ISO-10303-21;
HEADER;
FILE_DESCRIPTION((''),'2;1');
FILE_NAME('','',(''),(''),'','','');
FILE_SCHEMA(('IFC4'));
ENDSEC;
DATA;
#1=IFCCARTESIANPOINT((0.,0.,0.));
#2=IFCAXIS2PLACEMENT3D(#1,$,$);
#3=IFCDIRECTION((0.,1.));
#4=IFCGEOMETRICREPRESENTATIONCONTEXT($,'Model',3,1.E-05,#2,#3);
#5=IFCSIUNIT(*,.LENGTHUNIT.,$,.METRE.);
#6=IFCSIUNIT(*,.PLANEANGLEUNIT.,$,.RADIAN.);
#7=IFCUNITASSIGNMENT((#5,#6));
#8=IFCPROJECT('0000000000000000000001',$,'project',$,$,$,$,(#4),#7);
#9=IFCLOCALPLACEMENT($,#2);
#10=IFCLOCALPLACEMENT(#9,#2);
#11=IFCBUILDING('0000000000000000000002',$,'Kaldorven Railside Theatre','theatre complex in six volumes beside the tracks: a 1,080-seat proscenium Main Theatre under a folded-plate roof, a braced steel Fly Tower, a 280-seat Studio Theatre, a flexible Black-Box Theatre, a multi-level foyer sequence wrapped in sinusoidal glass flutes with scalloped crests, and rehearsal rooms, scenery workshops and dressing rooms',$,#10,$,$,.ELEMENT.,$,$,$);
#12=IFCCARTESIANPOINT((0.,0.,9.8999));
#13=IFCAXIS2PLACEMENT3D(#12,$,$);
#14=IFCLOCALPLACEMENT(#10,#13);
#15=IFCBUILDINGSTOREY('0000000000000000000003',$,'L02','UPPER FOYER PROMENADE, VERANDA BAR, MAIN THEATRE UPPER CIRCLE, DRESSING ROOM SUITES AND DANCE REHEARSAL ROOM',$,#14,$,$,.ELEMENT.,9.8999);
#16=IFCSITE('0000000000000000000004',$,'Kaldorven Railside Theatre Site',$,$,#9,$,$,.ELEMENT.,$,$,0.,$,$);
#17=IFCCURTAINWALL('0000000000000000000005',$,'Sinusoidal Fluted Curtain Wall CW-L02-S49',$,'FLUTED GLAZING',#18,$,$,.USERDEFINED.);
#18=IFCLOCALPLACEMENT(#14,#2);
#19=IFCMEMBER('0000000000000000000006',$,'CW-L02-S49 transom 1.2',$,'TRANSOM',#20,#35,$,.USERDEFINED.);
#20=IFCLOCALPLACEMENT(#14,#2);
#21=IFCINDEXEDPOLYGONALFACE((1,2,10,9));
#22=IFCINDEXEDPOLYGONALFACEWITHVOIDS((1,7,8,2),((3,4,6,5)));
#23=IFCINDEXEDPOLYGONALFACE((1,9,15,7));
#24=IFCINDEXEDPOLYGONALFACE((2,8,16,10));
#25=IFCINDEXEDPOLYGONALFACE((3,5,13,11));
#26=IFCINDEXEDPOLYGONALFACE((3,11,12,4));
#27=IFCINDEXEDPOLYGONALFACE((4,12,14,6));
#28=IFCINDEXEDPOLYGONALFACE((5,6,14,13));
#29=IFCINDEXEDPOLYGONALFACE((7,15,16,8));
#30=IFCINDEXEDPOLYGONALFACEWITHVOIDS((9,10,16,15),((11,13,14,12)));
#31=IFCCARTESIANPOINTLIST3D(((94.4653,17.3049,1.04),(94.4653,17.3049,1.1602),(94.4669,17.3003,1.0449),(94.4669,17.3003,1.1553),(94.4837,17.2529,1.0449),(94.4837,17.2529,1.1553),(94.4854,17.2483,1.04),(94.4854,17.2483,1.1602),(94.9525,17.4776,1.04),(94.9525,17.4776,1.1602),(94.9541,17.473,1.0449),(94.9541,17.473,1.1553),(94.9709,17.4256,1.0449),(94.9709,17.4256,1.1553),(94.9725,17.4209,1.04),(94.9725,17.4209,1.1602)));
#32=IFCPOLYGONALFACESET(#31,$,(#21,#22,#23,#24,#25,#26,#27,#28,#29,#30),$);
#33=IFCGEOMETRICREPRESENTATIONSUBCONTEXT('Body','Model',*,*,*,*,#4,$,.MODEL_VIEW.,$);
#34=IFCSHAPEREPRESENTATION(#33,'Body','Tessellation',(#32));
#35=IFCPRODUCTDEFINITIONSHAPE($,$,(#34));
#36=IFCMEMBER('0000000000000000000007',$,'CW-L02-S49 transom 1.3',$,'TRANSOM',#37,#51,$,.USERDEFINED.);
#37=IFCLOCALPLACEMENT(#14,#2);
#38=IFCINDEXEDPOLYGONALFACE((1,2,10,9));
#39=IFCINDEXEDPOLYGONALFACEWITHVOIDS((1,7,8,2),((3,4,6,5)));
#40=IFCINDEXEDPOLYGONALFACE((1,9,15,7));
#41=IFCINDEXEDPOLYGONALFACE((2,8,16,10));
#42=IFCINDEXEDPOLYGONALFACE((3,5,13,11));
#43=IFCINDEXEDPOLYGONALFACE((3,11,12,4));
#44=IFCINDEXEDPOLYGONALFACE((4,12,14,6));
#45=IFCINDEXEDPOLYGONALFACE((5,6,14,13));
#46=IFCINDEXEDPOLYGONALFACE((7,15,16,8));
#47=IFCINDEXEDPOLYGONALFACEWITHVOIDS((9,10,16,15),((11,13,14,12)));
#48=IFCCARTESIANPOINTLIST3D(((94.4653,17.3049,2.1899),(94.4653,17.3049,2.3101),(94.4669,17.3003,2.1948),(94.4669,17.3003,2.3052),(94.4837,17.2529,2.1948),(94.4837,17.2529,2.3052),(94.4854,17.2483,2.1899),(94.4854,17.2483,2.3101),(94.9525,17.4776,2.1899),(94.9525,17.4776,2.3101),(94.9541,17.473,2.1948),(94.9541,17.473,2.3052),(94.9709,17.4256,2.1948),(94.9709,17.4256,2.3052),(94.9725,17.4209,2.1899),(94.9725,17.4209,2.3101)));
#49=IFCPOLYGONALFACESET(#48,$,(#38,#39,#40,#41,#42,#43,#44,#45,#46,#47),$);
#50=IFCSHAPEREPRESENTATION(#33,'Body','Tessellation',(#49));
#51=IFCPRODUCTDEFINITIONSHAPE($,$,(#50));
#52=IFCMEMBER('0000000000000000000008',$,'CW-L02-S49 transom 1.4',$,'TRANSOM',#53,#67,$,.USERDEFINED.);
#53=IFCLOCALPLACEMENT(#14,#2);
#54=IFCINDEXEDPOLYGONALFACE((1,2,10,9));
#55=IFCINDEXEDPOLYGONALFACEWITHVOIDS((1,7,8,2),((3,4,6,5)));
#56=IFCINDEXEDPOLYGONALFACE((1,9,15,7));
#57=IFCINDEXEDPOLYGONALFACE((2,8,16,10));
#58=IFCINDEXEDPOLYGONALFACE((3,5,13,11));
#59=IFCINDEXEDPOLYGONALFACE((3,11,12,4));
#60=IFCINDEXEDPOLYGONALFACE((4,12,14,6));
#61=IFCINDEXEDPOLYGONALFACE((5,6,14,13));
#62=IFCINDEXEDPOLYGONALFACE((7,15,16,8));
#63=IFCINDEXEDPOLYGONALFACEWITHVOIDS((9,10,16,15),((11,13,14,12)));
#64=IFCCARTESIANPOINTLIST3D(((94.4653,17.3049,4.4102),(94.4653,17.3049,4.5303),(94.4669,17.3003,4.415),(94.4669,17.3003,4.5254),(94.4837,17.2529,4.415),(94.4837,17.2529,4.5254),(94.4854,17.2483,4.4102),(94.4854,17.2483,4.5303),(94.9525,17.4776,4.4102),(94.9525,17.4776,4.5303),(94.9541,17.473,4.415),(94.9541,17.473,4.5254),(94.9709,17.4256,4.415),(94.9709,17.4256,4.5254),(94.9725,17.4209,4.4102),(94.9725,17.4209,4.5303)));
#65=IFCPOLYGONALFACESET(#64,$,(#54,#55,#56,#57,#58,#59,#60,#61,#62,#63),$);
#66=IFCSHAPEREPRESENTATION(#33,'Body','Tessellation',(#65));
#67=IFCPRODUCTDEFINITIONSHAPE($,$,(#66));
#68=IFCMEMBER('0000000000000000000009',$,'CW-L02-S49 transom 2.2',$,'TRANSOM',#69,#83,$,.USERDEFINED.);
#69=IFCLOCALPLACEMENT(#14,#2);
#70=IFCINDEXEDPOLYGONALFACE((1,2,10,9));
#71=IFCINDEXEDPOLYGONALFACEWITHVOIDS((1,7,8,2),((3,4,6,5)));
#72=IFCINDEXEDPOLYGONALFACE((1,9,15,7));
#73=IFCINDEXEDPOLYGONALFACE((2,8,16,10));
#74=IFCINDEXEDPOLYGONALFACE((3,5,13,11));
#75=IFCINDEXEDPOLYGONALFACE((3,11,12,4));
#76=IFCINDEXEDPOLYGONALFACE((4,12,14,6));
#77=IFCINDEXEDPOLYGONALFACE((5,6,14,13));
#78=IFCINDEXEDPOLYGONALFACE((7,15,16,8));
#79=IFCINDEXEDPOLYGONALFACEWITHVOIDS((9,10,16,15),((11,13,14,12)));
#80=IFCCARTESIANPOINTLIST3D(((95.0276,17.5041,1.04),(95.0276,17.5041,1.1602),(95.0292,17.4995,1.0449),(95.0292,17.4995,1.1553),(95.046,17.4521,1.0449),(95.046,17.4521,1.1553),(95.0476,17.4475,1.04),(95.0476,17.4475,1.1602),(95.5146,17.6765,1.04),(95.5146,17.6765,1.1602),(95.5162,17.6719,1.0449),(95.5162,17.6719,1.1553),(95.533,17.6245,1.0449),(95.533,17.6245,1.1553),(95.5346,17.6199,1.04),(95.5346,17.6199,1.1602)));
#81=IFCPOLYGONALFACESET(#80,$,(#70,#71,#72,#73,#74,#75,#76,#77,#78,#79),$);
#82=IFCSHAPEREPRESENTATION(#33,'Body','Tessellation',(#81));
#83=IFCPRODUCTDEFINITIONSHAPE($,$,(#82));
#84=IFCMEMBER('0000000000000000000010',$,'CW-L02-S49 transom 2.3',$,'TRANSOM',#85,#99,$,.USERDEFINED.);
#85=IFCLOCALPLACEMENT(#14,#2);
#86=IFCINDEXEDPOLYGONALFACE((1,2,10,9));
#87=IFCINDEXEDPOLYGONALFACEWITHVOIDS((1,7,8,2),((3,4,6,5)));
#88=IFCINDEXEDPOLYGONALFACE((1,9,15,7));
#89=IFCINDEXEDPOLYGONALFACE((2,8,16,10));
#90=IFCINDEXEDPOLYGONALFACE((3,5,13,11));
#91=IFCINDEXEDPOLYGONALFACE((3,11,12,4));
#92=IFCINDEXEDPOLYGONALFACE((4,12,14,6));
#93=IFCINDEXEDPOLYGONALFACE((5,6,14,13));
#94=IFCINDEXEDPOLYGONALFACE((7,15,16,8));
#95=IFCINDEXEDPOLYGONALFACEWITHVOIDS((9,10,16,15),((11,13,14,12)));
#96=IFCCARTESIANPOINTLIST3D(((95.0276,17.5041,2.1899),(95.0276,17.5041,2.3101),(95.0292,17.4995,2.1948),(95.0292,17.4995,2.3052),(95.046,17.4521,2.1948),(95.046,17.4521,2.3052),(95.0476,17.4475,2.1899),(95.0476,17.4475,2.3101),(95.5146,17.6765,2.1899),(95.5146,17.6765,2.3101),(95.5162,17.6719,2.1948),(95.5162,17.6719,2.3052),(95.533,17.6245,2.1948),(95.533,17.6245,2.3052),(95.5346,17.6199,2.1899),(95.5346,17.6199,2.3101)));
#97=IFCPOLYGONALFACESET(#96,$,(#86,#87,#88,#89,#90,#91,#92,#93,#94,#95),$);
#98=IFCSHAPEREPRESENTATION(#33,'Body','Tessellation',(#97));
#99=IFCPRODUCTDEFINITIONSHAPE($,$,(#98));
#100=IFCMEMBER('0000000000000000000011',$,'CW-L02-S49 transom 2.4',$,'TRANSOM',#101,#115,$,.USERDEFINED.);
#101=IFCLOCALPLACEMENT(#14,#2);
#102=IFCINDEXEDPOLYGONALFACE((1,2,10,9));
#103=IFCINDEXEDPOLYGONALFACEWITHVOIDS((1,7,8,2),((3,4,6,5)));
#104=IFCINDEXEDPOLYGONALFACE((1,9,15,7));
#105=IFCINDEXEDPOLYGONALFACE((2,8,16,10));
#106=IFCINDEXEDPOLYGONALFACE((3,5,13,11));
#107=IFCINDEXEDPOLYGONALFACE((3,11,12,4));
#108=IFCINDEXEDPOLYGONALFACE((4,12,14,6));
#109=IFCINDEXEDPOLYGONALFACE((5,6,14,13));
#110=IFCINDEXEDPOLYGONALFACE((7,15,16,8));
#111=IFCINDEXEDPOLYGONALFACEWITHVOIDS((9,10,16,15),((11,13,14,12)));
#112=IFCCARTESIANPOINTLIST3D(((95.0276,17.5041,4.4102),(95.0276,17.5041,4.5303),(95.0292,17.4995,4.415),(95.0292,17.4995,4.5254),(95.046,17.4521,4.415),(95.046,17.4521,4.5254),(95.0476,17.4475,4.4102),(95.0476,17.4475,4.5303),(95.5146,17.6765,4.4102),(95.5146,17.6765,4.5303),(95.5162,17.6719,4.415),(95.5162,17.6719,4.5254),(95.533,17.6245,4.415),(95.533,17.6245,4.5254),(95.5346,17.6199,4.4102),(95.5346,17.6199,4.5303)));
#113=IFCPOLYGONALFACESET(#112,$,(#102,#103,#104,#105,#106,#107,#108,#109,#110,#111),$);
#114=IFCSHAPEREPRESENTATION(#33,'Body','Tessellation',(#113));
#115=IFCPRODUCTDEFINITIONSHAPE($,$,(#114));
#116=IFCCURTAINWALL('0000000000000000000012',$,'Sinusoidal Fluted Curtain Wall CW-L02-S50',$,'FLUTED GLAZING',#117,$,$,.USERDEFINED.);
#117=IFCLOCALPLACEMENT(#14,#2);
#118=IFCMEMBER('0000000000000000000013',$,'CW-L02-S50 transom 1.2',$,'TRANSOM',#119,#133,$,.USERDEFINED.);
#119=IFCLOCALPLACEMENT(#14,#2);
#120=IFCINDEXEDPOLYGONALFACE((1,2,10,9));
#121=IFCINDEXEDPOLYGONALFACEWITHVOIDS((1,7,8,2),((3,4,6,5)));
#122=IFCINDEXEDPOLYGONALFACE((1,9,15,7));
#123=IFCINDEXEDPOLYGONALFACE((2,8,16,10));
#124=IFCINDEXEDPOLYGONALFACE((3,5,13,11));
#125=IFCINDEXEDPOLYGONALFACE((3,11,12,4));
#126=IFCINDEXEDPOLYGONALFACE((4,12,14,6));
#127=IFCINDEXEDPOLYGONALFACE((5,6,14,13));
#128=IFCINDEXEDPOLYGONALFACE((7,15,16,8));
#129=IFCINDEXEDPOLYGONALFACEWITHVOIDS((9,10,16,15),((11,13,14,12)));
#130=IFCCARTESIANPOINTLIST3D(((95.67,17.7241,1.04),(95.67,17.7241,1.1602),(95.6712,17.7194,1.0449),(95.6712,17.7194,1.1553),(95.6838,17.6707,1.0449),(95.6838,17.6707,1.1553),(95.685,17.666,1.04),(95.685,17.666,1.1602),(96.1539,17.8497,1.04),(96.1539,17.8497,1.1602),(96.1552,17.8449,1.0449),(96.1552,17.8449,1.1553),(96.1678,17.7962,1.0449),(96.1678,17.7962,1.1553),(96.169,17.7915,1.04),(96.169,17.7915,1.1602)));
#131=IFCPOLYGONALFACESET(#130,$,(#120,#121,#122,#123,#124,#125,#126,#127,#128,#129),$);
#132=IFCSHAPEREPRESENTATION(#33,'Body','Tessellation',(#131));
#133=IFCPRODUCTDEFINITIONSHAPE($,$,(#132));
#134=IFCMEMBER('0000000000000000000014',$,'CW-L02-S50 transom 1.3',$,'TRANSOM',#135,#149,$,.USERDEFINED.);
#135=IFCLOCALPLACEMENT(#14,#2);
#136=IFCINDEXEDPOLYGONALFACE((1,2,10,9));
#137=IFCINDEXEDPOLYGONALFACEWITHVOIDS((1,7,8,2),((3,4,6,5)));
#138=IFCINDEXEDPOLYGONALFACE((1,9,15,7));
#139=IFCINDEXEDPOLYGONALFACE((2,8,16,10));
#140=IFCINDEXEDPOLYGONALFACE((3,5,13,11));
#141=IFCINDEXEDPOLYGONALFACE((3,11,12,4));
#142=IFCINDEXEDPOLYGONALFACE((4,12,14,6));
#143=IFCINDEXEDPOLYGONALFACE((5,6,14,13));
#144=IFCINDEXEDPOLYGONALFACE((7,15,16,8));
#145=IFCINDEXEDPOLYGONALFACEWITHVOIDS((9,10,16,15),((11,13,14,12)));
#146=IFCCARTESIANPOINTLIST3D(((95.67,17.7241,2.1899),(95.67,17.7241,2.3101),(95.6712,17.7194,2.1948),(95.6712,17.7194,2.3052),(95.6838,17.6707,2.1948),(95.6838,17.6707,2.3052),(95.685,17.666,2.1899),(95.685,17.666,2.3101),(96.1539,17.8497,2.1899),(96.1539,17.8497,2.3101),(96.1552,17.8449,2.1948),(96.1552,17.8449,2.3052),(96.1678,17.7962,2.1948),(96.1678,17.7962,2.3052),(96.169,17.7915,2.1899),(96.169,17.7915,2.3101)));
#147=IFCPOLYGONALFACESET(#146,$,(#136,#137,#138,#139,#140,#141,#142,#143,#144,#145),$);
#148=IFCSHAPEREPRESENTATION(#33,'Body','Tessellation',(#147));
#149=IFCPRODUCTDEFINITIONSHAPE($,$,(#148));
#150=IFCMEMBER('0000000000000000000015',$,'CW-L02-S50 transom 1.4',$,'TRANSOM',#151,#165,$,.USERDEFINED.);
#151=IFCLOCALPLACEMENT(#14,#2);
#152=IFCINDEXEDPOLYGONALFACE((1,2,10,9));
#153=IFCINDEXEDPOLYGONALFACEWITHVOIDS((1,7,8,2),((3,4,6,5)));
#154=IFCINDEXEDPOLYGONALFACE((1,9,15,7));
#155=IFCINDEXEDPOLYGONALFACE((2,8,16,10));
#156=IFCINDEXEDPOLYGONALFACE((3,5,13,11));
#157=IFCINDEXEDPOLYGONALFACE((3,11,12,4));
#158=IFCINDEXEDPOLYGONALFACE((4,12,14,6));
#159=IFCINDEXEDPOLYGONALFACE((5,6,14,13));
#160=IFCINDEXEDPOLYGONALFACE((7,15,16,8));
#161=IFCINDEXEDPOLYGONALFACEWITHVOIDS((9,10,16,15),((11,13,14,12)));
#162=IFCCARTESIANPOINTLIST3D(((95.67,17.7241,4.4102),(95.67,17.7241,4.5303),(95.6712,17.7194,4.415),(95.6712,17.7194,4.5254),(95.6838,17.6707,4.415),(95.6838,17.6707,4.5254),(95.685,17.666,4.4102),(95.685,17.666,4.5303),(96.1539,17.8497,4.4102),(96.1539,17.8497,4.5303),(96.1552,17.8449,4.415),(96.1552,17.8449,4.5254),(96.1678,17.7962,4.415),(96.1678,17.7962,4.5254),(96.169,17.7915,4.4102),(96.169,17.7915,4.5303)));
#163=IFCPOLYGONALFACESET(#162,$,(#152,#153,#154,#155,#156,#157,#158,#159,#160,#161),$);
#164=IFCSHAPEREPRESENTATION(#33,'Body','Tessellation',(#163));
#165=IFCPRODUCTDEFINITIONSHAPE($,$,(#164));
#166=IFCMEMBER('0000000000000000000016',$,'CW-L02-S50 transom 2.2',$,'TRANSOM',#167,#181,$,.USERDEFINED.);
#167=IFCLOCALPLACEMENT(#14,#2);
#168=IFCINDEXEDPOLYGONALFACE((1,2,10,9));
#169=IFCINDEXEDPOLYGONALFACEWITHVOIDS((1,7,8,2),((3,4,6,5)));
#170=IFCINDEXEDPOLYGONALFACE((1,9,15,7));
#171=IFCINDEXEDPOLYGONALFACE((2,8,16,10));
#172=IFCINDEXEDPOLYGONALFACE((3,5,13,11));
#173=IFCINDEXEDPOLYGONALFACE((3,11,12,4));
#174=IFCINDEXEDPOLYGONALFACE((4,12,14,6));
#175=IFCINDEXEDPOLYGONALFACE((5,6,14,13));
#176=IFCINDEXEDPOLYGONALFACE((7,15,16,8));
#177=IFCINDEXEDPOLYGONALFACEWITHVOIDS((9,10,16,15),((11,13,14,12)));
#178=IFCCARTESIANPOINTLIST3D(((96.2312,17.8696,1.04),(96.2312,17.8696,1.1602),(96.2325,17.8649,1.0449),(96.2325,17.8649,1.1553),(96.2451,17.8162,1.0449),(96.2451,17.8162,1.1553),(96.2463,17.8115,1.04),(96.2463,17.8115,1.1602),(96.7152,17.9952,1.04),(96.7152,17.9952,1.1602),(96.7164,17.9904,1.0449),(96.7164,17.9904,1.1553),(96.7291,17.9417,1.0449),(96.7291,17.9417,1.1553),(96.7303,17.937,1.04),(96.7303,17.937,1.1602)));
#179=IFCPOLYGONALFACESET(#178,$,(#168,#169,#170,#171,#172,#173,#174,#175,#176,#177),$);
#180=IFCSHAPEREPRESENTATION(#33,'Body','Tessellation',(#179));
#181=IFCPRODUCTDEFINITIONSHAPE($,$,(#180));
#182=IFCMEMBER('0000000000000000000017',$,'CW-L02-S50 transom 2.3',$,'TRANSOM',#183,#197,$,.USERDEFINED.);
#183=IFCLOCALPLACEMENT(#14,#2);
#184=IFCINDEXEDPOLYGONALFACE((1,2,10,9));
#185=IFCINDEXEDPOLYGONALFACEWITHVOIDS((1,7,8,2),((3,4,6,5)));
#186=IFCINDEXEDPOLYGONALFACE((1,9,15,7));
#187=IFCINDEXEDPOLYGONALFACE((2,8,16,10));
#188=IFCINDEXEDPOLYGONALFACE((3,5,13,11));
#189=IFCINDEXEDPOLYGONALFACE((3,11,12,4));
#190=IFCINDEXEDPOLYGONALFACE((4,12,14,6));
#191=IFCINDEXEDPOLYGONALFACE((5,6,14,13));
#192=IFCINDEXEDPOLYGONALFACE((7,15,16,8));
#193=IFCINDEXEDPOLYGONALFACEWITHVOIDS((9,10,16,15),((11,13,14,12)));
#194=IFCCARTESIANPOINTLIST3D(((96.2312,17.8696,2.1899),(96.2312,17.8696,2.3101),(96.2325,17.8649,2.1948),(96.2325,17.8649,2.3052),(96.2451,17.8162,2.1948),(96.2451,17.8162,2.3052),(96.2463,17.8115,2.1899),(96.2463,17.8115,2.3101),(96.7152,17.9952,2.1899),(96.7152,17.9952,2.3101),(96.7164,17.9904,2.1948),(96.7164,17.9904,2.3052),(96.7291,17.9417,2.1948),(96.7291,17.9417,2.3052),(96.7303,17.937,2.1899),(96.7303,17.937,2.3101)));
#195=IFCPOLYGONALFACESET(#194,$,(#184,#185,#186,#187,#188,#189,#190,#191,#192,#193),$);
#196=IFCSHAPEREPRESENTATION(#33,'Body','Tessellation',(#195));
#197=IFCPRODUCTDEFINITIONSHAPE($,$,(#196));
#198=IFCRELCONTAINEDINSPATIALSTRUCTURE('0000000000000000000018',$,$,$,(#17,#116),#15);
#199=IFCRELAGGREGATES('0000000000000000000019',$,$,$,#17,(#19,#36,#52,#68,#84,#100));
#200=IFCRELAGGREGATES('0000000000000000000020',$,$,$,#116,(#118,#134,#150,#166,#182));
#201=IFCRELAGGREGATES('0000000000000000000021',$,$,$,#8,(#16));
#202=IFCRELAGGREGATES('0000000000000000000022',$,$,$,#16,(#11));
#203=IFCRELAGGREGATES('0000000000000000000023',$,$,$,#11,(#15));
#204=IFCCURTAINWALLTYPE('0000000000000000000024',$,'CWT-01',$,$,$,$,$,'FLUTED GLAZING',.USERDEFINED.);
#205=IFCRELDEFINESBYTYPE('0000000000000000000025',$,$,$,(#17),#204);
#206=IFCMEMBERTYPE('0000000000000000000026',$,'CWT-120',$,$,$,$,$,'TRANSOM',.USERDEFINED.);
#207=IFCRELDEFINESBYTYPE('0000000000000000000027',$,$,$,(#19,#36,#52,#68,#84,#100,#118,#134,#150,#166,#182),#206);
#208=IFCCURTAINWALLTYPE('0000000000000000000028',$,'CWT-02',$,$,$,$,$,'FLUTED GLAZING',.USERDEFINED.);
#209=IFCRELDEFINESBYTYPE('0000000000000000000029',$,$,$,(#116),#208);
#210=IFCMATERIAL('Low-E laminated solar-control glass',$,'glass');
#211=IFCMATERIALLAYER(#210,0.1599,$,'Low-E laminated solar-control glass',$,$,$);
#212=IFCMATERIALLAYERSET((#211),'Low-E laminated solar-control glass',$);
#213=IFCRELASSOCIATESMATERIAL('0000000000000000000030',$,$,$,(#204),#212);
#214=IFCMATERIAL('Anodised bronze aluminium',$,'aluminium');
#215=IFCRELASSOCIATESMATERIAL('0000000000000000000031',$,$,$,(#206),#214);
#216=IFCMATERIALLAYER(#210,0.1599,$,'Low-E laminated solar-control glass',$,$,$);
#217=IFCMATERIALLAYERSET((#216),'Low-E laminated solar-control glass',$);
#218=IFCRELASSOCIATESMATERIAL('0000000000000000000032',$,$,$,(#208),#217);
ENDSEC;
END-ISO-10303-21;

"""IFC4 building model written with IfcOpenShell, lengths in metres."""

from ifc_helpers import new_model, si_unit, direction, frame, origin, origin_2d, place, context, subcontext, project, spatial, hollow_rectangle, extrude, material, layer, layer_set, material_profile, profile_set, type_object, element, aggregate, save


model = new_model("IFC4")

# Units and contexts
model_context = context("Model", 3, precision=1e-05, world=origin(), true_north=direction((0.0, 1.0)))
body_context = subcontext(model_context, "Body", "Model", "MODEL_VIEW")
ifc_project = project(units=[si_unit("LENGTHUNIT", "METRE"), si_unit("PLANEANGLEUNIT", "RADIAN")], contexts=[model_context])

# Site, building, storey
site_placement = place(None, origin())
site = spatial("IfcSite", under=ifc_project, at=site_placement, Name="Kaldorven Railside Theatre Site", CompositionType="ELEMENT", RefElevation=0.0)
building_placement = place(site_placement, origin())
building = spatial("IfcBuilding", under=site, at=building_placement, Name="Kaldorven Railside Theatre", Description="theatre complex in six volumes beside the tracks: a 1,080-seat proscenium Main Theatre under a folded-plate roof, a braced steel Fly Tower, a 280-seat Studio Theatre, a flexible Black-Box Theatre, a multi-level foyer sequence wrapped in sinusoidal glass flutes with scalloped crests, and rehearsal rooms, scenery workshops and dressing rooms", CompositionType="ELEMENT")
storey_placement = place(building_placement, frame((0.0, 0.0, 9.8999)))
storey = spatial("IfcBuildingStorey", under=building, at=storey_placement, Name="L02", Description="UPPER FOYER PROMENADE, VERANDA BAR, MAIN THEATRE UPPER CIRCLE, DRESSING ROOM SUITES AND DANCE REHEARSAL ROOM", CompositionType="ELEMENT", Elevation=9.8999)

# Curtain walls, members
ifc_material_1 = material(Name="Low-E laminated solar-control glass", Category="glass")
ifc_layer_1 = layer(ifc_material_1, 0.1599, Name="Low-E laminated solar-control glass")
ifc_layer_set_1 = layer_set([ifc_layer_1], Name="Low-E laminated solar-control glass")
curtain_wall_type_1 = type_object("IfcCurtainWallType", Name="CWT-01", ElementType="FLUTED GLAZING", PredefinedType="USERDEFINED", material=ifc_layer_set_1)
curtain_wall_1_placement = place(storey_placement, origin())
curtain_wall_1 = element("IfcCurtainWall", 1, at=curtain_wall_1_placement, inside=storey, type_object=curtain_wall_type_1, Name="Sinusoidal Fluted Curtain Wall CW-L02-S49", ObjectType="FLUTED GLAZING", PredefinedType="USERDEFINED")
ifc_material_2 = material(Name="Anodised bronze aluminium", Category="aluminium")
ifc_material_profile = material_profile(ifc_material_2, hollow_rectangle(XDim=0.0601, YDim=0.1201, WallThickness=0.0049, at=origin_2d()), Name="RHS 120x60x5")
ifc_profile_set = profile_set([ifc_material_profile], Name="Anodised bronze aluminium")
member_type = type_object("IfcMemberType", Name="CWT-120", ElementType="TRANSOM", PredefinedType="USERDEFINED", material=ifc_profile_set)
member_1_placement = place(storey_placement, frame((94.4753, 17.2766, 1.1001), z_axis=(0.942562, 0.334031, 0.0), x_axis=(-0.334031, 0.942562, 0.0)))
member_1 = element("IfcMember", 2, at=member_1_placement, type_object=member_type, Name="CW-L02-S49 transom 1.2", ObjectType="TRANSOM", PredefinedType="USERDEFINED", context=body_context, shape_type="SweptSolid", body=[
    extrude(hollow_rectangle(XDim=0.0601, YDim=0.1201, WallThickness=0.0049, at=origin_2d()), origin(), (0.0, 0.0, 1.0), 0.5168),
])
member_2_placement = place(storey_placement, frame((94.4753, 17.2766, 2.25), z_axis=(0.942562, 0.334031, 0.0), x_axis=(-0.334031, 0.942562, 0.0)))
member_2 = element("IfcMember", 3, at=member_2_placement, type_object=member_type, Name="CW-L02-S49 transom 1.3", ObjectType="TRANSOM", PredefinedType="USERDEFINED", context=body_context, shape_type="SweptSolid", body=[
    extrude(hollow_rectangle(XDim=0.0601, YDim=0.1201, WallThickness=0.0049, at=origin_2d()), origin(), (0.0, 0.0, 1.0), 0.5168),
])
member_3_placement = place(storey_placement, frame((94.4753, 17.2766, 4.4702), z_axis=(0.942562, 0.334031, 0.0), x_axis=(-0.334031, 0.942562, 0.0)))
member_3 = element("IfcMember", 4, at=member_3_placement, type_object=member_type, Name="CW-L02-S49 transom 1.4", ObjectType="TRANSOM", PredefinedType="USERDEFINED", context=body_context, shape_type="SweptSolid", body=[
    extrude(hollow_rectangle(XDim=0.0601, YDim=0.1201, WallThickness=0.0049, at=origin_2d()), origin(), (0.0, 0.0, 1.0), 0.5168),
])
member_4_placement = place(storey_placement, frame((95.0376, 17.4758, 1.1001), z_axis=(0.942711, 0.333611, 0.0), x_axis=(-0.333611, 0.942711, 0.0)))
member_4 = element("IfcMember", 5, at=member_4_placement, type_object=member_type, Name="CW-L02-S49 transom 2.2", ObjectType="TRANSOM", PredefinedType="USERDEFINED", context=body_context, shape_type="SweptSolid", body=[
    extrude(hollow_rectangle(XDim=0.0601, YDim=0.1201, WallThickness=0.0049, at=origin_2d()), origin(), (0.0, 0.0, 1.0), 0.5166),
])
member_5_placement = place(storey_placement, frame((95.0376, 17.4758, 2.25), z_axis=(0.942711, 0.333611, 0.0), x_axis=(-0.333611, 0.942711, 0.0)))
member_5 = element("IfcMember", 6, at=member_5_placement, type_object=member_type, Name="CW-L02-S49 transom 2.3", ObjectType="TRANSOM", PredefinedType="USERDEFINED", context=body_context, shape_type="SweptSolid", body=[
    extrude(hollow_rectangle(XDim=0.0601, YDim=0.1201, WallThickness=0.0049, at=origin_2d()), origin(), (0.0, 0.0, 1.0), 0.5166),
])
member_6_placement = place(storey_placement, frame((95.0376, 17.4758, 4.4702), z_axis=(0.942711, 0.333611, 0.0), x_axis=(-0.333611, 0.942711, 0.0)))
member_6 = element("IfcMember", 7, at=member_6_placement, type_object=member_type, Name="CW-L02-S49 transom 2.4", ObjectType="TRANSOM", PredefinedType="USERDEFINED", context=body_context, shape_type="SweptSolid", body=[
    extrude(hollow_rectangle(XDim=0.0601, YDim=0.1201, WallThickness=0.0049, at=origin_2d()), origin(), (0.0, 0.0, 1.0), 0.5166),
])
ifc_layer_2 = layer(ifc_material_1, 0.1599, Name="Low-E laminated solar-control glass")
ifc_layer_set_2 = layer_set([ifc_layer_2], Name="Low-E laminated solar-control glass")
curtain_wall_type_2 = type_object("IfcCurtainWallType", Name="CWT-02", ElementType="FLUTED GLAZING", PredefinedType="USERDEFINED", material=ifc_layer_set_2)
curtain_wall_2_placement = place(storey_placement, origin())
curtain_wall_2 = element("IfcCurtainWall", 8, at=curtain_wall_2_placement, inside=storey, type_object=curtain_wall_type_2, Name="Sinusoidal Fluted Curtain Wall CW-L02-S50", ObjectType="FLUTED GLAZING", PredefinedType="USERDEFINED")
member_7_placement = place(storey_placement, frame((95.6775, 17.6951, 1.1001), z_axis=(0.967979, 0.25103, 0.0), x_axis=(-0.25103, 0.967979, 0.0)))
member_7 = element("IfcMember", 9, at=member_7_placement, type_object=member_type, Name="CW-L02-S50 transom 1.2", ObjectType="TRANSOM", PredefinedType="USERDEFINED", context=body_context, shape_type="SweptSolid", body=[
    extrude(hollow_rectangle(XDim=0.0601, YDim=0.1201, WallThickness=0.0049, at=origin_2d()), origin(), (0.0, 0.0, 1.0), 0.5),
])
member_8_placement = place(storey_placement, frame((95.6775, 17.6951, 2.25), z_axis=(0.967979, 0.25103, 0.0), x_axis=(-0.25103, 0.967979, 0.0)))
member_8 = element("IfcMember", 10, at=member_8_placement, type_object=member_type, Name="CW-L02-S50 transom 1.3", ObjectType="TRANSOM", PredefinedType="USERDEFINED", context=body_context, shape_type="SweptSolid", body=[
    extrude(hollow_rectangle(XDim=0.0601, YDim=0.1201, WallThickness=0.0049, at=origin_2d()), origin(), (0.0, 0.0, 1.0), 0.5),
])
member_9_placement = place(storey_placement, frame((95.6775, 17.6951, 4.4702), z_axis=(0.967979, 0.25103, 0.0), x_axis=(-0.25103, 0.967979, 0.0)))
member_9 = element("IfcMember", 11, at=member_9_placement, type_object=member_type, Name="CW-L02-S50 transom 1.4", ObjectType="TRANSOM", PredefinedType="USERDEFINED", context=body_context, shape_type="SweptSolid", body=[
    extrude(hollow_rectangle(XDim=0.0601, YDim=0.1201, WallThickness=0.0049, at=origin_2d()), origin(), (0.0, 0.0, 1.0), 0.5),
])
member_10_placement = place(storey_placement, frame((96.2388, 17.8406, 1.1001), z_axis=(0.967979, 0.25103, 0.0), x_axis=(-0.25103, 0.967979, 0.0)))
member_10 = element("IfcMember", 12, at=member_10_placement, type_object=member_type, Name="CW-L02-S50 transom 2.2", ObjectType="TRANSOM", PredefinedType="USERDEFINED", context=body_context, shape_type="SweptSolid", body=[
    extrude(hollow_rectangle(XDim=0.0601, YDim=0.1201, WallThickness=0.0049, at=origin_2d()), origin(), (0.0, 0.0, 1.0), 0.5),
])
member_11_placement = place(storey_placement, frame((96.2388, 17.8406, 2.25), z_axis=(0.967979, 0.25103, 0.0), x_axis=(-0.25103, 0.967979, 0.0)))
member_11 = element("IfcMember", 13, at=member_11_placement, type_object=member_type, Name="CW-L02-S50 transom 2.3", ObjectType="TRANSOM", PredefinedType="USERDEFINED", context=body_context, shape_type="SweptSolid", body=[
    extrude(hollow_rectangle(XDim=0.0601, YDim=0.1201, WallThickness=0.0049, at=origin_2d()), origin(), (0.0, 0.0, 1.0), 0.5),
])

aggregate(curtain_wall_1, [member_1, member_2, member_3, member_4, member_5, member_6])
aggregate(curtain_wall_2, [member_7, member_8, member_9, member_10, member_11])

save(model, "model.ifc")
